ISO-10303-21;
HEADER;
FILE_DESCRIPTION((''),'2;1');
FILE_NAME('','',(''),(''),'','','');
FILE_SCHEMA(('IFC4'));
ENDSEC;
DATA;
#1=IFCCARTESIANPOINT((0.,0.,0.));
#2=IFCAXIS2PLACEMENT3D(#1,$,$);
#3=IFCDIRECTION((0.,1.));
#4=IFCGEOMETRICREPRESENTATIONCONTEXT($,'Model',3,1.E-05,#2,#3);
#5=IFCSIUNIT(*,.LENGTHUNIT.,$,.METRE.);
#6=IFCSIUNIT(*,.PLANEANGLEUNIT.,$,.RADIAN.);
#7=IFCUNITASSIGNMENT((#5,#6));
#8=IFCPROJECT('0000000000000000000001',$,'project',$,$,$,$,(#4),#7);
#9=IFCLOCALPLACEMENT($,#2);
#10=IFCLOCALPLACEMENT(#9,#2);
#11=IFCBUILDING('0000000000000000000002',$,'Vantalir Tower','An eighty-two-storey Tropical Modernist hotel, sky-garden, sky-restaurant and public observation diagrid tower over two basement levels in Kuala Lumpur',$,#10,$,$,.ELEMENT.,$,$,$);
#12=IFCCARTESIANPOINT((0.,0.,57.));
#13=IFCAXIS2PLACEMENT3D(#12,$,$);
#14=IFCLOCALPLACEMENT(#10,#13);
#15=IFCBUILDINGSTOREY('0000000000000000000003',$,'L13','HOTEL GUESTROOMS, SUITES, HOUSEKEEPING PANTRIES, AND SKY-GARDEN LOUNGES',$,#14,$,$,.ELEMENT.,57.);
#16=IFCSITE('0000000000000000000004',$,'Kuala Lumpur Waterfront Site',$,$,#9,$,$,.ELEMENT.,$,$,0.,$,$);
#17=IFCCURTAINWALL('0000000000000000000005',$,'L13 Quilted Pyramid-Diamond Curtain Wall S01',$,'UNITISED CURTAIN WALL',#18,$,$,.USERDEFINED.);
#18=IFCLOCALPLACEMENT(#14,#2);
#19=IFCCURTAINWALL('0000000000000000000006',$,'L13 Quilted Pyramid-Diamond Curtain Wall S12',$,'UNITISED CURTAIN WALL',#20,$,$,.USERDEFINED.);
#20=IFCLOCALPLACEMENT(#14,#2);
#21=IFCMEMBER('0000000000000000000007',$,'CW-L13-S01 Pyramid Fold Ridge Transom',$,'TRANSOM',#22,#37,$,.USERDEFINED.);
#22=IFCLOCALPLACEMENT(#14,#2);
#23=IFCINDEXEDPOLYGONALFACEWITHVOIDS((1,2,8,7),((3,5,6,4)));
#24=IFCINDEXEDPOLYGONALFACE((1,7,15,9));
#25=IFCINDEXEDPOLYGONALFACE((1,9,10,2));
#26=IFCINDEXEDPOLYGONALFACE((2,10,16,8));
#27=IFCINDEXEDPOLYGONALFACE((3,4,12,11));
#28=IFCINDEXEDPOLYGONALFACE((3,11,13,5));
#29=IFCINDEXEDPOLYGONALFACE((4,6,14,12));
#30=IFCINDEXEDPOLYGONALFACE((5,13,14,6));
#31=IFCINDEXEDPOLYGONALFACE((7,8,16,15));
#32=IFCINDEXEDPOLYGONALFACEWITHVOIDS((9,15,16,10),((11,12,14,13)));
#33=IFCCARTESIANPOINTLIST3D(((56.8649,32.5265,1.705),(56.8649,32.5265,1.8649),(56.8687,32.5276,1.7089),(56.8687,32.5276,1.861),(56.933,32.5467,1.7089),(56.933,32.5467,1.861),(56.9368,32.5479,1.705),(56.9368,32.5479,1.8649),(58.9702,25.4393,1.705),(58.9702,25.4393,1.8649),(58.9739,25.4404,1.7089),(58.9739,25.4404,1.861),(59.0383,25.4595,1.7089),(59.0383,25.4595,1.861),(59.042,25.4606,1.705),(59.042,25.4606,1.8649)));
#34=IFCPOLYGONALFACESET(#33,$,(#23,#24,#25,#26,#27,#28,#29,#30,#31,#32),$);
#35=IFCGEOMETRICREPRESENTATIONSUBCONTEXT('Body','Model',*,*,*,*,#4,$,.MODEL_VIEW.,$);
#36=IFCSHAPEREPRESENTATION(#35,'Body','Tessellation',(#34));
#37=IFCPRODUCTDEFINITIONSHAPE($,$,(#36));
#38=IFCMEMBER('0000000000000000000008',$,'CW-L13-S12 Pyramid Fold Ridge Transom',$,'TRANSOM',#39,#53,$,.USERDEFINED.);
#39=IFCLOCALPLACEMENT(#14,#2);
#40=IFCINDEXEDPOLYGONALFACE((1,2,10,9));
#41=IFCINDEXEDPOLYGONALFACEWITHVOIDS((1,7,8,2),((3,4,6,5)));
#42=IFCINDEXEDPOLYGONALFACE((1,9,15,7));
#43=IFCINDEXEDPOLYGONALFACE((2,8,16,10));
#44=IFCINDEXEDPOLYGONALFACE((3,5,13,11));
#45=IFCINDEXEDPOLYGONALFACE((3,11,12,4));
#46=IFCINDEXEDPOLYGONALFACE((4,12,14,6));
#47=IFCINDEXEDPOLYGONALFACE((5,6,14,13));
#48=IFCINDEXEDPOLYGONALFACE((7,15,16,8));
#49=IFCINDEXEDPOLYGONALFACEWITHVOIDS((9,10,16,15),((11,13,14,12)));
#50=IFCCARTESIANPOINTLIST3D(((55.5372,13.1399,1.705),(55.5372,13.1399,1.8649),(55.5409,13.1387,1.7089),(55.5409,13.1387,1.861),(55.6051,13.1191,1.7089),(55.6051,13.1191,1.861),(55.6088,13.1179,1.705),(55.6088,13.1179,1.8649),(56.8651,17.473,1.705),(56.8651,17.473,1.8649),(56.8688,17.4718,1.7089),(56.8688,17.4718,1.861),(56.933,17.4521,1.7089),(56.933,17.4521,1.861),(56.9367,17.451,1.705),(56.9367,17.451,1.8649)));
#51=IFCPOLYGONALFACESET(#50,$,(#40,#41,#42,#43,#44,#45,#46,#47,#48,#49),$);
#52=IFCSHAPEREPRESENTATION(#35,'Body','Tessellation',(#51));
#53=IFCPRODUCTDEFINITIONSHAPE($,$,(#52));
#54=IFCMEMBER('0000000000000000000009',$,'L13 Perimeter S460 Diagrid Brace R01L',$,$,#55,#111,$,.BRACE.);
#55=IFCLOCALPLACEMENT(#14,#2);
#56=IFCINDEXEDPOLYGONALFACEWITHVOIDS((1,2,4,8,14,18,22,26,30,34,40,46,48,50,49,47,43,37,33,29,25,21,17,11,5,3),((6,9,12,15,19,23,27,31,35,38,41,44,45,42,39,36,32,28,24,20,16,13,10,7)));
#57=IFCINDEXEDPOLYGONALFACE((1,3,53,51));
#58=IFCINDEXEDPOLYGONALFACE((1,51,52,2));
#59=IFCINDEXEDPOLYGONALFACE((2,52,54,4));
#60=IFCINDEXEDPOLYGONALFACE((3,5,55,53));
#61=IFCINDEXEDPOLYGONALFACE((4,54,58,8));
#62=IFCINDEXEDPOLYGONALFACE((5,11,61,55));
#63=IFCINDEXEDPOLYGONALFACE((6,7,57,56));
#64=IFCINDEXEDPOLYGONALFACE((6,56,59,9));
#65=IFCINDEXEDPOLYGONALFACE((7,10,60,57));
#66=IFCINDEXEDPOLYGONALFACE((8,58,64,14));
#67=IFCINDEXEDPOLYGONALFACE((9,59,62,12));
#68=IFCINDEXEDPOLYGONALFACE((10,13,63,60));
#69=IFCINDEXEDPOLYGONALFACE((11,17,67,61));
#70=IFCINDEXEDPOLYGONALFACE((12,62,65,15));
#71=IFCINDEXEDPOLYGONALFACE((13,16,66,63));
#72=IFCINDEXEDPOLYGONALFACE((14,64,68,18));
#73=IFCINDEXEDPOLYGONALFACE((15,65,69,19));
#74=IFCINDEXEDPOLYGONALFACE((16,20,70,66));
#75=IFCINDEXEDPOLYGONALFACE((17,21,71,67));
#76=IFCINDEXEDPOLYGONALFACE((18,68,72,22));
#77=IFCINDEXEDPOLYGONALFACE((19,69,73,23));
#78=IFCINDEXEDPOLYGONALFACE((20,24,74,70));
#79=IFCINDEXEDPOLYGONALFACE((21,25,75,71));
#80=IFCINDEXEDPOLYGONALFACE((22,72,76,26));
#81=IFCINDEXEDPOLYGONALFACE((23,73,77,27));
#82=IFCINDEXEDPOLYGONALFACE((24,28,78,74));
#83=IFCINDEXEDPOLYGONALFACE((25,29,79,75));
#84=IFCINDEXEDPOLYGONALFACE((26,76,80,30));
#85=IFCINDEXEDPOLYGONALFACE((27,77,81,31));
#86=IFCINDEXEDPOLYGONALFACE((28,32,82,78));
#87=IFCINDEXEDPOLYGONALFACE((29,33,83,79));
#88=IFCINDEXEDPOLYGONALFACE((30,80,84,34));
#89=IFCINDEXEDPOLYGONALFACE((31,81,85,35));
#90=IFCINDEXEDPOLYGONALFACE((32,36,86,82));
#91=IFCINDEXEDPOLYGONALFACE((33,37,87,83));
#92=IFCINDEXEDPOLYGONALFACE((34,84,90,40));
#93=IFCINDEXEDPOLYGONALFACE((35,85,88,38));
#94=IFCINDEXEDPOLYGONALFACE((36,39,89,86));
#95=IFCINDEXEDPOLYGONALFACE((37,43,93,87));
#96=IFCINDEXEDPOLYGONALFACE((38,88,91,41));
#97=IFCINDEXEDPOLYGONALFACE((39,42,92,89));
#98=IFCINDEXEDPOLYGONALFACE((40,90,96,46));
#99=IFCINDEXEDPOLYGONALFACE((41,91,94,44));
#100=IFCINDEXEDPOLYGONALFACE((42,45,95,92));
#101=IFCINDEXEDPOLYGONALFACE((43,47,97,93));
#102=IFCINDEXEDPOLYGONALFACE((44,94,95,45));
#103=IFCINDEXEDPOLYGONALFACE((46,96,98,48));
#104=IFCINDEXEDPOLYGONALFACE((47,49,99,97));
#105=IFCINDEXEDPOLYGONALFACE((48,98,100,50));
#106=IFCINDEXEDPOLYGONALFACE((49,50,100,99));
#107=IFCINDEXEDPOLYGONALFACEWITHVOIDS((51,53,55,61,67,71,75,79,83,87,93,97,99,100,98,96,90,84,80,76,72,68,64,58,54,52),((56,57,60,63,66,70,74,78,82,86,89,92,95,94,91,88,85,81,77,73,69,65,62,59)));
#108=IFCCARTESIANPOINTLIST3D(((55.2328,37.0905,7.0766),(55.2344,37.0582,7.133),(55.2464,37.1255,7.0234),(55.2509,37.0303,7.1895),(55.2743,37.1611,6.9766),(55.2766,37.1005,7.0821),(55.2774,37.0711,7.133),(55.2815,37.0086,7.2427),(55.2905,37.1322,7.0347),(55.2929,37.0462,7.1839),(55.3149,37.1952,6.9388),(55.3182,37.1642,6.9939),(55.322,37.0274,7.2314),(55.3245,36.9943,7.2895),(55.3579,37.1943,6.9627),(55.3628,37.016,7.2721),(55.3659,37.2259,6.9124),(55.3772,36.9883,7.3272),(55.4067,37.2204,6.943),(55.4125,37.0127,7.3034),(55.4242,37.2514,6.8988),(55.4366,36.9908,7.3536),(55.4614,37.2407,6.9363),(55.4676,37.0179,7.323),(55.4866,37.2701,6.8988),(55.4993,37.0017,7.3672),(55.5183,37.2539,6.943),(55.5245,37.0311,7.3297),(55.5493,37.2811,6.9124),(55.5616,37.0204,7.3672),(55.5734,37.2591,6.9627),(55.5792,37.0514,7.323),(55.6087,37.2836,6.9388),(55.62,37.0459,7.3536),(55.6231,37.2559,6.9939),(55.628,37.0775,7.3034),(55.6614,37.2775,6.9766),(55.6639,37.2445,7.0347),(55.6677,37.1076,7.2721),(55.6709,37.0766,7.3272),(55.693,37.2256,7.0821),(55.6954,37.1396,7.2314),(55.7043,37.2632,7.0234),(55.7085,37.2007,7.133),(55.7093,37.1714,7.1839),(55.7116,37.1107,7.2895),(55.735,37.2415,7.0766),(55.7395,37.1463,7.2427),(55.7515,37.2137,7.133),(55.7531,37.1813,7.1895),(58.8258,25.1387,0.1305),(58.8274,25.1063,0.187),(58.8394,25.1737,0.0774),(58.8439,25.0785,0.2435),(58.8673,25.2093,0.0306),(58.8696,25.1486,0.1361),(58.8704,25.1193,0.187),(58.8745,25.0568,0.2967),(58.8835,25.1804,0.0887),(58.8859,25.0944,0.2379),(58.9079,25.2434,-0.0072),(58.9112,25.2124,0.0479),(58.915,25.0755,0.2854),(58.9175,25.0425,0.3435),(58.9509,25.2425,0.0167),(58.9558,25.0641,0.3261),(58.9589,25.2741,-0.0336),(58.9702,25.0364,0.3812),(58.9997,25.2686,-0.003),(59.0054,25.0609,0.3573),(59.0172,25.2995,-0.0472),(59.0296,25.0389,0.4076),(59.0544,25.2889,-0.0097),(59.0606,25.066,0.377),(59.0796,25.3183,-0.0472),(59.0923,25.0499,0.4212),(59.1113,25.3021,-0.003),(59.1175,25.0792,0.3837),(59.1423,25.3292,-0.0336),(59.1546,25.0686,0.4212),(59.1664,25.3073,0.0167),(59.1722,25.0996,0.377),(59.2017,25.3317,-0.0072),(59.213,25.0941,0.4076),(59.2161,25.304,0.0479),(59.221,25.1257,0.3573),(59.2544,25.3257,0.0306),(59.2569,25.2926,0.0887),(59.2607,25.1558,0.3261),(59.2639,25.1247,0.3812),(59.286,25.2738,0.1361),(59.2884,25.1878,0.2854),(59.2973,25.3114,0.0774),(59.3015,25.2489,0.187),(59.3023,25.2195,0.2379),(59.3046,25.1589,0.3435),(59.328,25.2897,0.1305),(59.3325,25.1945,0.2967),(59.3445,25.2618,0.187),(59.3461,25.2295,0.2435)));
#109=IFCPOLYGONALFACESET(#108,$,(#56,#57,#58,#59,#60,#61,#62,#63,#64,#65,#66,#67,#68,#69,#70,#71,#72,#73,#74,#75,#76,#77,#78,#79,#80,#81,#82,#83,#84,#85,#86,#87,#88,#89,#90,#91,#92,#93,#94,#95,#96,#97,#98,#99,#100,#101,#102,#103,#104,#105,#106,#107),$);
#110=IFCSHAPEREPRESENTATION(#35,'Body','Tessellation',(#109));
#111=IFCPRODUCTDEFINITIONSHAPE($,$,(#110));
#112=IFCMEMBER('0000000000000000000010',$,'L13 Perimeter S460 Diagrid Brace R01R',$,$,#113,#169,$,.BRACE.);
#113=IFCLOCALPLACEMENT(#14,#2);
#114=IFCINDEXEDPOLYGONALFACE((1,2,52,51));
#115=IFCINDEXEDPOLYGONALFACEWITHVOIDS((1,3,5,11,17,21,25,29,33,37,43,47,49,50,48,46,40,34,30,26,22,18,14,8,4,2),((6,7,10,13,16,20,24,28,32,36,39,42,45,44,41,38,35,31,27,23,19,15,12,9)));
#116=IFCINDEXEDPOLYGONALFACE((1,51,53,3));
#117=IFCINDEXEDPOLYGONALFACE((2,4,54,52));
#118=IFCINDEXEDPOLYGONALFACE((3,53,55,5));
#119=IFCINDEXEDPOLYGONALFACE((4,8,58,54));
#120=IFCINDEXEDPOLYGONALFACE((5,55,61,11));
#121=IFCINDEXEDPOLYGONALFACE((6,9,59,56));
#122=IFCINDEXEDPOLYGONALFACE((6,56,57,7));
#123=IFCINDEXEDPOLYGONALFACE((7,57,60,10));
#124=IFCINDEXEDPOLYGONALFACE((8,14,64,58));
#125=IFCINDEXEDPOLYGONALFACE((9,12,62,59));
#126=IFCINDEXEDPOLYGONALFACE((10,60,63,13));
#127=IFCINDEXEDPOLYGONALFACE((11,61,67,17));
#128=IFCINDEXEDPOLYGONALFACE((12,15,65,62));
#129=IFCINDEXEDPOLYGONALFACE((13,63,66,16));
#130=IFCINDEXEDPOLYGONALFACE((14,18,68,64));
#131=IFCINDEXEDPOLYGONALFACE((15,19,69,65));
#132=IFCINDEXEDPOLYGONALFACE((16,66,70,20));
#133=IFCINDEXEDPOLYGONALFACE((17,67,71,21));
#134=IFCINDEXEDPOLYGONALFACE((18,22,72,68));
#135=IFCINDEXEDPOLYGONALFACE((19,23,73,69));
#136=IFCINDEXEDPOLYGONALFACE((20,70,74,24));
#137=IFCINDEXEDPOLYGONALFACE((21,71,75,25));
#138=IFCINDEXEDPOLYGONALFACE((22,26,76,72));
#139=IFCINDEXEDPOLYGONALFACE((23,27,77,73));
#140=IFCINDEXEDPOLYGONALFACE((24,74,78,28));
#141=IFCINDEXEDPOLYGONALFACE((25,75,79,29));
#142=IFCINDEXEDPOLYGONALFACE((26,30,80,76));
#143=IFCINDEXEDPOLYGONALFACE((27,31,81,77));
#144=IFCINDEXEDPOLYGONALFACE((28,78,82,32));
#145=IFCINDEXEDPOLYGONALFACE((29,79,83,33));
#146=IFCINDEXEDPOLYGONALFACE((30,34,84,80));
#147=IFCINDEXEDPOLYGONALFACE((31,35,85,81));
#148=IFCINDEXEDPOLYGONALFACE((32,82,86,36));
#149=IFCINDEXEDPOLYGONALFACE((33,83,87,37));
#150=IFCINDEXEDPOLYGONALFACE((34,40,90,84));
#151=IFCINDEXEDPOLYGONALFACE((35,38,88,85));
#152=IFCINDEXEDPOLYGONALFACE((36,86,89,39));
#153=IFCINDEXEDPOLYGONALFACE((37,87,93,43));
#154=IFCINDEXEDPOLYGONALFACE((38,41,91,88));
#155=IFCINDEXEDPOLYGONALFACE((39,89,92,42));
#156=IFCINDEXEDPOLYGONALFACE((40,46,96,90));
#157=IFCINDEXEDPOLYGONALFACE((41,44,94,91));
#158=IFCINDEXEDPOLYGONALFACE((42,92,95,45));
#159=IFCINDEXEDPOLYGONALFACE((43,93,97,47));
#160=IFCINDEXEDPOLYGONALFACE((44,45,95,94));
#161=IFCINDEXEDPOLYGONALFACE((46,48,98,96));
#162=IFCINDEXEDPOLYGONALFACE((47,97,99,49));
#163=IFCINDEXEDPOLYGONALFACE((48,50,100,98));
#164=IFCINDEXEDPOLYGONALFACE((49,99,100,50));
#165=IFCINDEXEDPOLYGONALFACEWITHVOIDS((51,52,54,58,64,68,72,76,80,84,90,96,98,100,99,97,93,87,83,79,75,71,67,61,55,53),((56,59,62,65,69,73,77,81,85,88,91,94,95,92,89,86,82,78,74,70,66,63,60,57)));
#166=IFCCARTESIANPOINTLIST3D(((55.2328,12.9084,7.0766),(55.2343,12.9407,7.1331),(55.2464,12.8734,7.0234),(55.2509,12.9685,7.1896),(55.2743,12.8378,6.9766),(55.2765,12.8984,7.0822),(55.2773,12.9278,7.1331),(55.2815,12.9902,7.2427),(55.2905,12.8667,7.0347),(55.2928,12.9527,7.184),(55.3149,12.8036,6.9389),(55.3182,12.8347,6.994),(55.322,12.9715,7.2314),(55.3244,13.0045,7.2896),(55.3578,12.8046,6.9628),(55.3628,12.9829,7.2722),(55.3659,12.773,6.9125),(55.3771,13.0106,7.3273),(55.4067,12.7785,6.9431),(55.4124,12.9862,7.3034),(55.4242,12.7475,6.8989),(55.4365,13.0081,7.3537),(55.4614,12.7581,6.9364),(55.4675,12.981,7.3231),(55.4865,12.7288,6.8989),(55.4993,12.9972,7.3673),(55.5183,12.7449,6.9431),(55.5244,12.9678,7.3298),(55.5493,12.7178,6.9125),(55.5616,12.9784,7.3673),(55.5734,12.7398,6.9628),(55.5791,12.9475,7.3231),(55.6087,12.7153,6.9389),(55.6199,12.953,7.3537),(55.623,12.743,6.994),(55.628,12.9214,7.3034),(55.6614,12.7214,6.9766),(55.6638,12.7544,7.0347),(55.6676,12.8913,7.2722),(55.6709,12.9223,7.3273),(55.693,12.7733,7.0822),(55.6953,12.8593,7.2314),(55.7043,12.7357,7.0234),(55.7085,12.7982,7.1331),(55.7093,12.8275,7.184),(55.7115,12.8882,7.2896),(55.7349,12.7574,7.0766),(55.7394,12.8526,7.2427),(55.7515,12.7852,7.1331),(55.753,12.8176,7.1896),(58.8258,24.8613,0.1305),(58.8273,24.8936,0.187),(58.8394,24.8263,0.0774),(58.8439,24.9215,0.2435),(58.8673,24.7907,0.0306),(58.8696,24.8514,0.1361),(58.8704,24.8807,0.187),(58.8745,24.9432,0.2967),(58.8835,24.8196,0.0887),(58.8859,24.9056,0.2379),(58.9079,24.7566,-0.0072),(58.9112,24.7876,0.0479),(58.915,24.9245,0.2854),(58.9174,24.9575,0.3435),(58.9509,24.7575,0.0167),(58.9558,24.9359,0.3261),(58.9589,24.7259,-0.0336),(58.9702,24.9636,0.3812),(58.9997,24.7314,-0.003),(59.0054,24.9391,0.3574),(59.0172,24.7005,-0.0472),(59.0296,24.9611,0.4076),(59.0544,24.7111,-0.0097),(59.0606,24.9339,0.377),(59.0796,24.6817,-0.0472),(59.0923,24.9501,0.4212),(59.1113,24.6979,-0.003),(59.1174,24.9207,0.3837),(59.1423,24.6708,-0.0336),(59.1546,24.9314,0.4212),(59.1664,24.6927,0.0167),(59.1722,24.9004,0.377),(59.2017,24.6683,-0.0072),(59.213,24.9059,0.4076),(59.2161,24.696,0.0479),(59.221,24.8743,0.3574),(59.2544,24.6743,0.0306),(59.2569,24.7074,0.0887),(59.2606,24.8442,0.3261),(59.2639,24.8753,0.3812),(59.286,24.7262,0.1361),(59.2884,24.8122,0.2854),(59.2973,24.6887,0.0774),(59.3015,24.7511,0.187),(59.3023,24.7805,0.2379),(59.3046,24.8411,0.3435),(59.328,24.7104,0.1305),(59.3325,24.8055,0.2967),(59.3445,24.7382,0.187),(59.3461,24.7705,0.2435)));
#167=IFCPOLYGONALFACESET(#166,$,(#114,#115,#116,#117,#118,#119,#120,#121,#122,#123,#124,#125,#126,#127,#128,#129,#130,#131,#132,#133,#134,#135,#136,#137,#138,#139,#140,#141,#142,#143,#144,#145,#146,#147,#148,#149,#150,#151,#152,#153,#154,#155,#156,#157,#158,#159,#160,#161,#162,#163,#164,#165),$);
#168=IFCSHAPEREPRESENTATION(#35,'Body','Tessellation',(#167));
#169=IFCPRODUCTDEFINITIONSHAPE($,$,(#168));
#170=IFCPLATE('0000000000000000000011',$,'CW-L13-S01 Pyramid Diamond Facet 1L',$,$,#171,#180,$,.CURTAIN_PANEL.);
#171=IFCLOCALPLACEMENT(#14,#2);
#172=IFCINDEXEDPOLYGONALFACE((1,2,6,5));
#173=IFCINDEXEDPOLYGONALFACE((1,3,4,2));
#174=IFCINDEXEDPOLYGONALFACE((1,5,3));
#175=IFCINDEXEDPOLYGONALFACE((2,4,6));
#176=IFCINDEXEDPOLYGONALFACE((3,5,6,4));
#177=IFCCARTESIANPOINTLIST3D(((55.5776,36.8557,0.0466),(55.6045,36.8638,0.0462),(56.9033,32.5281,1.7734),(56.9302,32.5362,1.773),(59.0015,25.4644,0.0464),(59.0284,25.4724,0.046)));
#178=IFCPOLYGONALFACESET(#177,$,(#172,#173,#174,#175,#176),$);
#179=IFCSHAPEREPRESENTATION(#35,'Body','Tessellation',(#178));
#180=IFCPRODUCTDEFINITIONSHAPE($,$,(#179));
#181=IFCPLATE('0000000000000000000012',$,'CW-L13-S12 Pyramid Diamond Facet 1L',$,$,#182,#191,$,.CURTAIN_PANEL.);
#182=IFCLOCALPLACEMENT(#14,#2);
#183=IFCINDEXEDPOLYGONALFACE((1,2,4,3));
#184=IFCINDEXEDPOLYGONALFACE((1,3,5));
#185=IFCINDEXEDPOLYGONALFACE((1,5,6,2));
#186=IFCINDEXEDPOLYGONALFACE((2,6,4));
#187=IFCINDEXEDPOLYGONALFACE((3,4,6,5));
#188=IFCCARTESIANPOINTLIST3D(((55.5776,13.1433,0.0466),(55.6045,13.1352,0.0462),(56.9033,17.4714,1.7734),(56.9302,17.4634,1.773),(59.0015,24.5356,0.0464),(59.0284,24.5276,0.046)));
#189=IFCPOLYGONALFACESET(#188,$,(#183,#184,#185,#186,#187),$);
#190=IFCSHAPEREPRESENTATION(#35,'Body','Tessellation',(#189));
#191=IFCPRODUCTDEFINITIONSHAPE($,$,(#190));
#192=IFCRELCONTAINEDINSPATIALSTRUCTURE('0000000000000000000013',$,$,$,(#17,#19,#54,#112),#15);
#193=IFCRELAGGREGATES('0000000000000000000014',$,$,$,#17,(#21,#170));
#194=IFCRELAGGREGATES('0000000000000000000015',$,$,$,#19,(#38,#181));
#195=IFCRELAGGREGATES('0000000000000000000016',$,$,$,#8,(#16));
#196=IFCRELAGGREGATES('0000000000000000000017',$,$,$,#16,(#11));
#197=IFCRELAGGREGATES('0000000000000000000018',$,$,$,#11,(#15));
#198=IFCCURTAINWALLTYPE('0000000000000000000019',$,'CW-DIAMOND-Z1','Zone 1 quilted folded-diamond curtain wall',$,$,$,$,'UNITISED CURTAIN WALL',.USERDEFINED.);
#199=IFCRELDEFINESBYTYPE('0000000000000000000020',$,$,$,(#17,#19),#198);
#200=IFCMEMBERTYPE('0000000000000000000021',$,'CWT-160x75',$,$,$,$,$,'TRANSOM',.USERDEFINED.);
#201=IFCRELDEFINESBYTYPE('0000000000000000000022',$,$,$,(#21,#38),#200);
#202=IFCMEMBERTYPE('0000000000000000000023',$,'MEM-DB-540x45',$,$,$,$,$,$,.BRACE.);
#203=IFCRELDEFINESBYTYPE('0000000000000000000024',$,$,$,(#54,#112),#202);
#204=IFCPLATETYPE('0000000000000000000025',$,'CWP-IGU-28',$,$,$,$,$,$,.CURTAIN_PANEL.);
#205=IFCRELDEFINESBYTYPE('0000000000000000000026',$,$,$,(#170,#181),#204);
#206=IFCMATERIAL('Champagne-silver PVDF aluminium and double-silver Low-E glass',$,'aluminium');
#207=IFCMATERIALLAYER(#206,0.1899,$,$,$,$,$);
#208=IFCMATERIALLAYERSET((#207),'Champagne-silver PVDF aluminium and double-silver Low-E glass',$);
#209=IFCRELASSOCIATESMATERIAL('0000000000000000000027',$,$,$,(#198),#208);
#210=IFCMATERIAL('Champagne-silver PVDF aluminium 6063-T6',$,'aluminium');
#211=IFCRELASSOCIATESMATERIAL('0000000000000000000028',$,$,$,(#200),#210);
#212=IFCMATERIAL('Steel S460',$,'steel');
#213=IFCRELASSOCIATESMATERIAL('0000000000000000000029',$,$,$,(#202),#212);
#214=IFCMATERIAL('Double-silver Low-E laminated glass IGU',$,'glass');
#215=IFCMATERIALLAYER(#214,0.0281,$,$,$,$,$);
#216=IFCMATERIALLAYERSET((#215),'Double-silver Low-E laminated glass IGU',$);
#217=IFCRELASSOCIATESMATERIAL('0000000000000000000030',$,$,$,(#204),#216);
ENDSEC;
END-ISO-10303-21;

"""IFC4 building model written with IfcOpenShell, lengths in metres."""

from ifc_helpers import new_model, si_unit, direction, frame, origin, origin_2d, place, context, subcontext, project, spatial, polyline, hollow_rectangle, hollow_circle, outline, extrude, material, layer, layer_set, material_profile, profile_set, type_object, element, aggregate, save


model = new_model("IFC4")

# Units and contexts
model_context = context("Model", 3, precision=1e-05, world=origin(), true_north=direction((0.0, 1.0)))
body_context = subcontext(model_context, "Body", "Model", "MODEL_VIEW")
ifc_project = project(units=[si_unit("LENGTHUNIT", "METRE"), si_unit("PLANEANGLEUNIT", "RADIAN")], contexts=[model_context])

# Site, building, storey
site_placement = place(None, origin())
site = spatial("IfcSite", under=ifc_project, at=site_placement, Name="Kuala Lumpur Waterfront Site", CompositionType="ELEMENT", RefElevation=0.0)
building_placement = place(site_placement, origin())
building = spatial("IfcBuilding", under=site, at=building_placement, Name="Vantalir Tower", Description="An eighty-two-storey Tropical Modernist hotel, sky-garden, sky-restaurant and public observation diagrid tower over two basement levels in Kuala Lumpur", CompositionType="ELEMENT")
storey_placement = place(building_placement, frame((0.0, 0.0, 57.0)))
storey = spatial("IfcBuildingStorey", under=building, at=storey_placement, Name="L13", Description="HOTEL GUESTROOMS, SUITES, HOUSEKEEPING PANTRIES, AND SKY-GARDEN LOUNGES", CompositionType="ELEMENT", Elevation=57.0)

# Shared definitions
ifc_material_1 = material(Name="Steel S460", Category="steel")

# Curtain wall
ifc_material_2 = material(Name="Champagne-silver PVDF aluminium and double-silver Low-E glass", Category="aluminium")
ifc_layer_1 = layer(ifc_material_2, 0.1899)
ifc_layer_set_1 = layer_set([ifc_layer_1], Name="Champagne-silver PVDF aluminium and double-silver Low-E glass")
curtain_wall_type = type_object("IfcCurtainWallType", Name="CW-DIAMOND-Z1", Description="Zone 1 quilted folded-diamond curtain wall", ElementType="UNITISED CURTAIN WALL", PredefinedType="USERDEFINED", material=ifc_layer_set_1)
curtain_wall_1_placement = place(storey_placement, origin())
curtain_wall_1 = element("IfcCurtainWall", 1, at=curtain_wall_1_placement, inside=storey, type_object=curtain_wall_type, Name="L13 Quilted Pyramid-Diamond Curtain Wall S01", ObjectType="UNITISED CURTAIN WALL", PredefinedType="USERDEFINED")
ifc_material_3 = material(Name="Champagne-silver PVDF aluminium 6063-T6", Category="aluminium")

# Curtain wall
curtain_wall_2_placement = place(storey_placement, origin())
curtain_wall_2 = element("IfcCurtainWall", 2, at=curtain_wall_2_placement, inside=storey, type_object=curtain_wall_type, Name="L13 Quilted Pyramid-Diamond Curtain Wall S12", ObjectType="UNITISED CURTAIN WALL", PredefinedType="USERDEFINED")

# Members
ifc_material_profile_1 = material_profile(ifc_material_3, hollow_rectangle(XDim=0.075, YDim=0.1599, WallThickness=0.0039, at=origin_2d()), Name="Champagne-silver PVDF aluminium 6063-T6")
ifc_profile_set_1 = profile_set([ifc_material_profile_1], Name="Champagne-silver PVDF aluminium 6063-T6")
member_type_1 = type_object("IfcMemberType", Name="CWT-160x75", ElementType="TRANSOM", PredefinedType="USERDEFINED", material=ifc_profile_set_1)
member_1_placement = place(storey_placement, frame((59.0061, 25.45, 1.7849), z_axis=(-0.28475, 0.958602, 0.0), x_axis=(-0.958602, -0.28475, 0.0)))
member_1 = element("IfcMember", 3, at=member_1_placement, type_object=member_type_1, Name="CW-L13-S01 Pyramid Fold Ridge Transom", ObjectType="TRANSOM", PredefinedType="USERDEFINED", context=body_context, shape_type="SweptSolid", body=[
    extrude(hollow_rectangle(XDim=0.075, YDim=0.1599, WallThickness=0.0039, at=origin_2d()), origin(), (0.0, 0.0, 1.0), 7.3933),
])
member_2_placement = place(storey_placement, frame((55.573, 13.1289, 1.7849), z_axis=(0.293007, 0.95611, 0.0), x_axis=(-0.95611, 0.293007, 0.0)))
member_2 = element("IfcMember", 4, at=member_2_placement, type_object=member_type_1, Name="CW-L13-S12 Pyramid Fold Ridge Transom", ObjectType="TRANSOM", PredefinedType="USERDEFINED", context=body_context, shape_type="SweptSolid", body=[
    extrude(hollow_rectangle(XDim=0.075, YDim=0.1599, WallThickness=0.0039, at=origin_2d()), origin(), (0.0, 0.0, 1.0), 4.532),
])

# Members
ifc_material_profile_2 = material_profile(ifc_material_1, hollow_circle(Radius=0.27, WallThickness=0.0449, at=origin_2d()), Name="Steel S460")
ifc_profile_set_2 = profile_set([ifc_material_profile_2], Name="Steel S460")
member_type_2 = type_object("IfcMemberType", Name="MEM-DB-540x45", PredefinedType="BRACE", material=ifc_profile_set_2)
member_3_placement = place(storey_placement, frame((59.0859, 25.1841, 0.187), z_axis=(-0.251558, 0.83679, 0.486314), x_axis=(-0.957662, -0.287895, 0.0)))
element("IfcMember", 5, at=member_3_placement, inside=storey, type_object=member_type_2, Name="L13 Perimeter S460 Diagrid Brace R01L", PredefinedType="BRACE", context=body_context, shape_type="SweptSolid", body=[
    extrude(hollow_circle(Radius=0.27, WallThickness=0.0449, at=origin_2d()), origin(), (0.0, 0.0, 1.0), 14.283),
])
member_4_placement = place(storey_placement, frame((59.0859, 24.8159, 0.187), z_axis=(-0.251544, -0.83681, 0.486286), x_axis=(0.957668, -0.287874, 0.0)))
element("IfcMember", 6, at=member_4_placement, inside=storey, type_object=member_type_2, Name="L13 Perimeter S460 Diagrid Brace R01R", PredefinedType="BRACE", context=body_context, shape_type="SweptSolid", body=[
    extrude(hollow_circle(Radius=0.27, WallThickness=0.0449, at=origin_2d()), origin(), (0.0, 0.0, 1.0), 14.2839),
])

# Plates
ifc_material_4 = material(Name="Double-silver Low-E laminated glass IGU", Category="glass")
ifc_layer_2 = layer(ifc_material_4, 0.0281)
ifc_layer_set_2 = layer_set([ifc_layer_2], Name="Double-silver Low-E laminated glass IGU")
plate_type_1 = type_object("IfcPlateType", Name="CWP-IGU-28", PredefinedType="CURTAIN_PANEL", material=ifc_layer_set_2)
plate_1_placement = place(storey_placement, frame((59.0015, 25.4644, 0.0464), z_axis=(-0.957586, -0.287816, 0.013837), x_axis=(-0.287843, 0.957678, 0.000021)))
plate_1 = element("IfcPlate", 7, at=plate_1_placement, type_object=plate_type_1, Name="CW-L13-S01 Pyramid Diamond Facet 1L", PredefinedType="CURTAIN_PANEL", context=body_context, shape_type="SweptSolid", body=[
    extrude(outline(polyline([(0.0, 0.0), (11.8948, 0.0), (7.3687, -1.7271), (0.0, 0.0)])), origin(), (0.0, 0.0, -1.0), 0.0281),
])
aggregate(curtain_wall_1, [member_1, plate_1])
plate_2_placement = place(storey_placement, frame((55.5776, 13.1433, 0.0466), z_axis=(-0.957593, 0.287793, 0.013817), x_axis=(0.28782, 0.957684, -0.000021)))
plate_2 = element("IfcPlate", 8, at=plate_2_placement, type_object=plate_type_1, Name="CW-L13-S12 Pyramid Diamond Facet 1L", PredefinedType="CURTAIN_PANEL", context=body_context, shape_type="SweptSolid", body=[
    extrude(outline(polyline([(0.0, 0.0), (11.8957, 0.0), (4.5265, -1.7271), (0.0, 0.0)])), origin(), (0.0, 0.0, -1.0), 0.0281),
])
aggregate(curtain_wall_2, [member_2, plate_2])

save(model, "model.ifc")
